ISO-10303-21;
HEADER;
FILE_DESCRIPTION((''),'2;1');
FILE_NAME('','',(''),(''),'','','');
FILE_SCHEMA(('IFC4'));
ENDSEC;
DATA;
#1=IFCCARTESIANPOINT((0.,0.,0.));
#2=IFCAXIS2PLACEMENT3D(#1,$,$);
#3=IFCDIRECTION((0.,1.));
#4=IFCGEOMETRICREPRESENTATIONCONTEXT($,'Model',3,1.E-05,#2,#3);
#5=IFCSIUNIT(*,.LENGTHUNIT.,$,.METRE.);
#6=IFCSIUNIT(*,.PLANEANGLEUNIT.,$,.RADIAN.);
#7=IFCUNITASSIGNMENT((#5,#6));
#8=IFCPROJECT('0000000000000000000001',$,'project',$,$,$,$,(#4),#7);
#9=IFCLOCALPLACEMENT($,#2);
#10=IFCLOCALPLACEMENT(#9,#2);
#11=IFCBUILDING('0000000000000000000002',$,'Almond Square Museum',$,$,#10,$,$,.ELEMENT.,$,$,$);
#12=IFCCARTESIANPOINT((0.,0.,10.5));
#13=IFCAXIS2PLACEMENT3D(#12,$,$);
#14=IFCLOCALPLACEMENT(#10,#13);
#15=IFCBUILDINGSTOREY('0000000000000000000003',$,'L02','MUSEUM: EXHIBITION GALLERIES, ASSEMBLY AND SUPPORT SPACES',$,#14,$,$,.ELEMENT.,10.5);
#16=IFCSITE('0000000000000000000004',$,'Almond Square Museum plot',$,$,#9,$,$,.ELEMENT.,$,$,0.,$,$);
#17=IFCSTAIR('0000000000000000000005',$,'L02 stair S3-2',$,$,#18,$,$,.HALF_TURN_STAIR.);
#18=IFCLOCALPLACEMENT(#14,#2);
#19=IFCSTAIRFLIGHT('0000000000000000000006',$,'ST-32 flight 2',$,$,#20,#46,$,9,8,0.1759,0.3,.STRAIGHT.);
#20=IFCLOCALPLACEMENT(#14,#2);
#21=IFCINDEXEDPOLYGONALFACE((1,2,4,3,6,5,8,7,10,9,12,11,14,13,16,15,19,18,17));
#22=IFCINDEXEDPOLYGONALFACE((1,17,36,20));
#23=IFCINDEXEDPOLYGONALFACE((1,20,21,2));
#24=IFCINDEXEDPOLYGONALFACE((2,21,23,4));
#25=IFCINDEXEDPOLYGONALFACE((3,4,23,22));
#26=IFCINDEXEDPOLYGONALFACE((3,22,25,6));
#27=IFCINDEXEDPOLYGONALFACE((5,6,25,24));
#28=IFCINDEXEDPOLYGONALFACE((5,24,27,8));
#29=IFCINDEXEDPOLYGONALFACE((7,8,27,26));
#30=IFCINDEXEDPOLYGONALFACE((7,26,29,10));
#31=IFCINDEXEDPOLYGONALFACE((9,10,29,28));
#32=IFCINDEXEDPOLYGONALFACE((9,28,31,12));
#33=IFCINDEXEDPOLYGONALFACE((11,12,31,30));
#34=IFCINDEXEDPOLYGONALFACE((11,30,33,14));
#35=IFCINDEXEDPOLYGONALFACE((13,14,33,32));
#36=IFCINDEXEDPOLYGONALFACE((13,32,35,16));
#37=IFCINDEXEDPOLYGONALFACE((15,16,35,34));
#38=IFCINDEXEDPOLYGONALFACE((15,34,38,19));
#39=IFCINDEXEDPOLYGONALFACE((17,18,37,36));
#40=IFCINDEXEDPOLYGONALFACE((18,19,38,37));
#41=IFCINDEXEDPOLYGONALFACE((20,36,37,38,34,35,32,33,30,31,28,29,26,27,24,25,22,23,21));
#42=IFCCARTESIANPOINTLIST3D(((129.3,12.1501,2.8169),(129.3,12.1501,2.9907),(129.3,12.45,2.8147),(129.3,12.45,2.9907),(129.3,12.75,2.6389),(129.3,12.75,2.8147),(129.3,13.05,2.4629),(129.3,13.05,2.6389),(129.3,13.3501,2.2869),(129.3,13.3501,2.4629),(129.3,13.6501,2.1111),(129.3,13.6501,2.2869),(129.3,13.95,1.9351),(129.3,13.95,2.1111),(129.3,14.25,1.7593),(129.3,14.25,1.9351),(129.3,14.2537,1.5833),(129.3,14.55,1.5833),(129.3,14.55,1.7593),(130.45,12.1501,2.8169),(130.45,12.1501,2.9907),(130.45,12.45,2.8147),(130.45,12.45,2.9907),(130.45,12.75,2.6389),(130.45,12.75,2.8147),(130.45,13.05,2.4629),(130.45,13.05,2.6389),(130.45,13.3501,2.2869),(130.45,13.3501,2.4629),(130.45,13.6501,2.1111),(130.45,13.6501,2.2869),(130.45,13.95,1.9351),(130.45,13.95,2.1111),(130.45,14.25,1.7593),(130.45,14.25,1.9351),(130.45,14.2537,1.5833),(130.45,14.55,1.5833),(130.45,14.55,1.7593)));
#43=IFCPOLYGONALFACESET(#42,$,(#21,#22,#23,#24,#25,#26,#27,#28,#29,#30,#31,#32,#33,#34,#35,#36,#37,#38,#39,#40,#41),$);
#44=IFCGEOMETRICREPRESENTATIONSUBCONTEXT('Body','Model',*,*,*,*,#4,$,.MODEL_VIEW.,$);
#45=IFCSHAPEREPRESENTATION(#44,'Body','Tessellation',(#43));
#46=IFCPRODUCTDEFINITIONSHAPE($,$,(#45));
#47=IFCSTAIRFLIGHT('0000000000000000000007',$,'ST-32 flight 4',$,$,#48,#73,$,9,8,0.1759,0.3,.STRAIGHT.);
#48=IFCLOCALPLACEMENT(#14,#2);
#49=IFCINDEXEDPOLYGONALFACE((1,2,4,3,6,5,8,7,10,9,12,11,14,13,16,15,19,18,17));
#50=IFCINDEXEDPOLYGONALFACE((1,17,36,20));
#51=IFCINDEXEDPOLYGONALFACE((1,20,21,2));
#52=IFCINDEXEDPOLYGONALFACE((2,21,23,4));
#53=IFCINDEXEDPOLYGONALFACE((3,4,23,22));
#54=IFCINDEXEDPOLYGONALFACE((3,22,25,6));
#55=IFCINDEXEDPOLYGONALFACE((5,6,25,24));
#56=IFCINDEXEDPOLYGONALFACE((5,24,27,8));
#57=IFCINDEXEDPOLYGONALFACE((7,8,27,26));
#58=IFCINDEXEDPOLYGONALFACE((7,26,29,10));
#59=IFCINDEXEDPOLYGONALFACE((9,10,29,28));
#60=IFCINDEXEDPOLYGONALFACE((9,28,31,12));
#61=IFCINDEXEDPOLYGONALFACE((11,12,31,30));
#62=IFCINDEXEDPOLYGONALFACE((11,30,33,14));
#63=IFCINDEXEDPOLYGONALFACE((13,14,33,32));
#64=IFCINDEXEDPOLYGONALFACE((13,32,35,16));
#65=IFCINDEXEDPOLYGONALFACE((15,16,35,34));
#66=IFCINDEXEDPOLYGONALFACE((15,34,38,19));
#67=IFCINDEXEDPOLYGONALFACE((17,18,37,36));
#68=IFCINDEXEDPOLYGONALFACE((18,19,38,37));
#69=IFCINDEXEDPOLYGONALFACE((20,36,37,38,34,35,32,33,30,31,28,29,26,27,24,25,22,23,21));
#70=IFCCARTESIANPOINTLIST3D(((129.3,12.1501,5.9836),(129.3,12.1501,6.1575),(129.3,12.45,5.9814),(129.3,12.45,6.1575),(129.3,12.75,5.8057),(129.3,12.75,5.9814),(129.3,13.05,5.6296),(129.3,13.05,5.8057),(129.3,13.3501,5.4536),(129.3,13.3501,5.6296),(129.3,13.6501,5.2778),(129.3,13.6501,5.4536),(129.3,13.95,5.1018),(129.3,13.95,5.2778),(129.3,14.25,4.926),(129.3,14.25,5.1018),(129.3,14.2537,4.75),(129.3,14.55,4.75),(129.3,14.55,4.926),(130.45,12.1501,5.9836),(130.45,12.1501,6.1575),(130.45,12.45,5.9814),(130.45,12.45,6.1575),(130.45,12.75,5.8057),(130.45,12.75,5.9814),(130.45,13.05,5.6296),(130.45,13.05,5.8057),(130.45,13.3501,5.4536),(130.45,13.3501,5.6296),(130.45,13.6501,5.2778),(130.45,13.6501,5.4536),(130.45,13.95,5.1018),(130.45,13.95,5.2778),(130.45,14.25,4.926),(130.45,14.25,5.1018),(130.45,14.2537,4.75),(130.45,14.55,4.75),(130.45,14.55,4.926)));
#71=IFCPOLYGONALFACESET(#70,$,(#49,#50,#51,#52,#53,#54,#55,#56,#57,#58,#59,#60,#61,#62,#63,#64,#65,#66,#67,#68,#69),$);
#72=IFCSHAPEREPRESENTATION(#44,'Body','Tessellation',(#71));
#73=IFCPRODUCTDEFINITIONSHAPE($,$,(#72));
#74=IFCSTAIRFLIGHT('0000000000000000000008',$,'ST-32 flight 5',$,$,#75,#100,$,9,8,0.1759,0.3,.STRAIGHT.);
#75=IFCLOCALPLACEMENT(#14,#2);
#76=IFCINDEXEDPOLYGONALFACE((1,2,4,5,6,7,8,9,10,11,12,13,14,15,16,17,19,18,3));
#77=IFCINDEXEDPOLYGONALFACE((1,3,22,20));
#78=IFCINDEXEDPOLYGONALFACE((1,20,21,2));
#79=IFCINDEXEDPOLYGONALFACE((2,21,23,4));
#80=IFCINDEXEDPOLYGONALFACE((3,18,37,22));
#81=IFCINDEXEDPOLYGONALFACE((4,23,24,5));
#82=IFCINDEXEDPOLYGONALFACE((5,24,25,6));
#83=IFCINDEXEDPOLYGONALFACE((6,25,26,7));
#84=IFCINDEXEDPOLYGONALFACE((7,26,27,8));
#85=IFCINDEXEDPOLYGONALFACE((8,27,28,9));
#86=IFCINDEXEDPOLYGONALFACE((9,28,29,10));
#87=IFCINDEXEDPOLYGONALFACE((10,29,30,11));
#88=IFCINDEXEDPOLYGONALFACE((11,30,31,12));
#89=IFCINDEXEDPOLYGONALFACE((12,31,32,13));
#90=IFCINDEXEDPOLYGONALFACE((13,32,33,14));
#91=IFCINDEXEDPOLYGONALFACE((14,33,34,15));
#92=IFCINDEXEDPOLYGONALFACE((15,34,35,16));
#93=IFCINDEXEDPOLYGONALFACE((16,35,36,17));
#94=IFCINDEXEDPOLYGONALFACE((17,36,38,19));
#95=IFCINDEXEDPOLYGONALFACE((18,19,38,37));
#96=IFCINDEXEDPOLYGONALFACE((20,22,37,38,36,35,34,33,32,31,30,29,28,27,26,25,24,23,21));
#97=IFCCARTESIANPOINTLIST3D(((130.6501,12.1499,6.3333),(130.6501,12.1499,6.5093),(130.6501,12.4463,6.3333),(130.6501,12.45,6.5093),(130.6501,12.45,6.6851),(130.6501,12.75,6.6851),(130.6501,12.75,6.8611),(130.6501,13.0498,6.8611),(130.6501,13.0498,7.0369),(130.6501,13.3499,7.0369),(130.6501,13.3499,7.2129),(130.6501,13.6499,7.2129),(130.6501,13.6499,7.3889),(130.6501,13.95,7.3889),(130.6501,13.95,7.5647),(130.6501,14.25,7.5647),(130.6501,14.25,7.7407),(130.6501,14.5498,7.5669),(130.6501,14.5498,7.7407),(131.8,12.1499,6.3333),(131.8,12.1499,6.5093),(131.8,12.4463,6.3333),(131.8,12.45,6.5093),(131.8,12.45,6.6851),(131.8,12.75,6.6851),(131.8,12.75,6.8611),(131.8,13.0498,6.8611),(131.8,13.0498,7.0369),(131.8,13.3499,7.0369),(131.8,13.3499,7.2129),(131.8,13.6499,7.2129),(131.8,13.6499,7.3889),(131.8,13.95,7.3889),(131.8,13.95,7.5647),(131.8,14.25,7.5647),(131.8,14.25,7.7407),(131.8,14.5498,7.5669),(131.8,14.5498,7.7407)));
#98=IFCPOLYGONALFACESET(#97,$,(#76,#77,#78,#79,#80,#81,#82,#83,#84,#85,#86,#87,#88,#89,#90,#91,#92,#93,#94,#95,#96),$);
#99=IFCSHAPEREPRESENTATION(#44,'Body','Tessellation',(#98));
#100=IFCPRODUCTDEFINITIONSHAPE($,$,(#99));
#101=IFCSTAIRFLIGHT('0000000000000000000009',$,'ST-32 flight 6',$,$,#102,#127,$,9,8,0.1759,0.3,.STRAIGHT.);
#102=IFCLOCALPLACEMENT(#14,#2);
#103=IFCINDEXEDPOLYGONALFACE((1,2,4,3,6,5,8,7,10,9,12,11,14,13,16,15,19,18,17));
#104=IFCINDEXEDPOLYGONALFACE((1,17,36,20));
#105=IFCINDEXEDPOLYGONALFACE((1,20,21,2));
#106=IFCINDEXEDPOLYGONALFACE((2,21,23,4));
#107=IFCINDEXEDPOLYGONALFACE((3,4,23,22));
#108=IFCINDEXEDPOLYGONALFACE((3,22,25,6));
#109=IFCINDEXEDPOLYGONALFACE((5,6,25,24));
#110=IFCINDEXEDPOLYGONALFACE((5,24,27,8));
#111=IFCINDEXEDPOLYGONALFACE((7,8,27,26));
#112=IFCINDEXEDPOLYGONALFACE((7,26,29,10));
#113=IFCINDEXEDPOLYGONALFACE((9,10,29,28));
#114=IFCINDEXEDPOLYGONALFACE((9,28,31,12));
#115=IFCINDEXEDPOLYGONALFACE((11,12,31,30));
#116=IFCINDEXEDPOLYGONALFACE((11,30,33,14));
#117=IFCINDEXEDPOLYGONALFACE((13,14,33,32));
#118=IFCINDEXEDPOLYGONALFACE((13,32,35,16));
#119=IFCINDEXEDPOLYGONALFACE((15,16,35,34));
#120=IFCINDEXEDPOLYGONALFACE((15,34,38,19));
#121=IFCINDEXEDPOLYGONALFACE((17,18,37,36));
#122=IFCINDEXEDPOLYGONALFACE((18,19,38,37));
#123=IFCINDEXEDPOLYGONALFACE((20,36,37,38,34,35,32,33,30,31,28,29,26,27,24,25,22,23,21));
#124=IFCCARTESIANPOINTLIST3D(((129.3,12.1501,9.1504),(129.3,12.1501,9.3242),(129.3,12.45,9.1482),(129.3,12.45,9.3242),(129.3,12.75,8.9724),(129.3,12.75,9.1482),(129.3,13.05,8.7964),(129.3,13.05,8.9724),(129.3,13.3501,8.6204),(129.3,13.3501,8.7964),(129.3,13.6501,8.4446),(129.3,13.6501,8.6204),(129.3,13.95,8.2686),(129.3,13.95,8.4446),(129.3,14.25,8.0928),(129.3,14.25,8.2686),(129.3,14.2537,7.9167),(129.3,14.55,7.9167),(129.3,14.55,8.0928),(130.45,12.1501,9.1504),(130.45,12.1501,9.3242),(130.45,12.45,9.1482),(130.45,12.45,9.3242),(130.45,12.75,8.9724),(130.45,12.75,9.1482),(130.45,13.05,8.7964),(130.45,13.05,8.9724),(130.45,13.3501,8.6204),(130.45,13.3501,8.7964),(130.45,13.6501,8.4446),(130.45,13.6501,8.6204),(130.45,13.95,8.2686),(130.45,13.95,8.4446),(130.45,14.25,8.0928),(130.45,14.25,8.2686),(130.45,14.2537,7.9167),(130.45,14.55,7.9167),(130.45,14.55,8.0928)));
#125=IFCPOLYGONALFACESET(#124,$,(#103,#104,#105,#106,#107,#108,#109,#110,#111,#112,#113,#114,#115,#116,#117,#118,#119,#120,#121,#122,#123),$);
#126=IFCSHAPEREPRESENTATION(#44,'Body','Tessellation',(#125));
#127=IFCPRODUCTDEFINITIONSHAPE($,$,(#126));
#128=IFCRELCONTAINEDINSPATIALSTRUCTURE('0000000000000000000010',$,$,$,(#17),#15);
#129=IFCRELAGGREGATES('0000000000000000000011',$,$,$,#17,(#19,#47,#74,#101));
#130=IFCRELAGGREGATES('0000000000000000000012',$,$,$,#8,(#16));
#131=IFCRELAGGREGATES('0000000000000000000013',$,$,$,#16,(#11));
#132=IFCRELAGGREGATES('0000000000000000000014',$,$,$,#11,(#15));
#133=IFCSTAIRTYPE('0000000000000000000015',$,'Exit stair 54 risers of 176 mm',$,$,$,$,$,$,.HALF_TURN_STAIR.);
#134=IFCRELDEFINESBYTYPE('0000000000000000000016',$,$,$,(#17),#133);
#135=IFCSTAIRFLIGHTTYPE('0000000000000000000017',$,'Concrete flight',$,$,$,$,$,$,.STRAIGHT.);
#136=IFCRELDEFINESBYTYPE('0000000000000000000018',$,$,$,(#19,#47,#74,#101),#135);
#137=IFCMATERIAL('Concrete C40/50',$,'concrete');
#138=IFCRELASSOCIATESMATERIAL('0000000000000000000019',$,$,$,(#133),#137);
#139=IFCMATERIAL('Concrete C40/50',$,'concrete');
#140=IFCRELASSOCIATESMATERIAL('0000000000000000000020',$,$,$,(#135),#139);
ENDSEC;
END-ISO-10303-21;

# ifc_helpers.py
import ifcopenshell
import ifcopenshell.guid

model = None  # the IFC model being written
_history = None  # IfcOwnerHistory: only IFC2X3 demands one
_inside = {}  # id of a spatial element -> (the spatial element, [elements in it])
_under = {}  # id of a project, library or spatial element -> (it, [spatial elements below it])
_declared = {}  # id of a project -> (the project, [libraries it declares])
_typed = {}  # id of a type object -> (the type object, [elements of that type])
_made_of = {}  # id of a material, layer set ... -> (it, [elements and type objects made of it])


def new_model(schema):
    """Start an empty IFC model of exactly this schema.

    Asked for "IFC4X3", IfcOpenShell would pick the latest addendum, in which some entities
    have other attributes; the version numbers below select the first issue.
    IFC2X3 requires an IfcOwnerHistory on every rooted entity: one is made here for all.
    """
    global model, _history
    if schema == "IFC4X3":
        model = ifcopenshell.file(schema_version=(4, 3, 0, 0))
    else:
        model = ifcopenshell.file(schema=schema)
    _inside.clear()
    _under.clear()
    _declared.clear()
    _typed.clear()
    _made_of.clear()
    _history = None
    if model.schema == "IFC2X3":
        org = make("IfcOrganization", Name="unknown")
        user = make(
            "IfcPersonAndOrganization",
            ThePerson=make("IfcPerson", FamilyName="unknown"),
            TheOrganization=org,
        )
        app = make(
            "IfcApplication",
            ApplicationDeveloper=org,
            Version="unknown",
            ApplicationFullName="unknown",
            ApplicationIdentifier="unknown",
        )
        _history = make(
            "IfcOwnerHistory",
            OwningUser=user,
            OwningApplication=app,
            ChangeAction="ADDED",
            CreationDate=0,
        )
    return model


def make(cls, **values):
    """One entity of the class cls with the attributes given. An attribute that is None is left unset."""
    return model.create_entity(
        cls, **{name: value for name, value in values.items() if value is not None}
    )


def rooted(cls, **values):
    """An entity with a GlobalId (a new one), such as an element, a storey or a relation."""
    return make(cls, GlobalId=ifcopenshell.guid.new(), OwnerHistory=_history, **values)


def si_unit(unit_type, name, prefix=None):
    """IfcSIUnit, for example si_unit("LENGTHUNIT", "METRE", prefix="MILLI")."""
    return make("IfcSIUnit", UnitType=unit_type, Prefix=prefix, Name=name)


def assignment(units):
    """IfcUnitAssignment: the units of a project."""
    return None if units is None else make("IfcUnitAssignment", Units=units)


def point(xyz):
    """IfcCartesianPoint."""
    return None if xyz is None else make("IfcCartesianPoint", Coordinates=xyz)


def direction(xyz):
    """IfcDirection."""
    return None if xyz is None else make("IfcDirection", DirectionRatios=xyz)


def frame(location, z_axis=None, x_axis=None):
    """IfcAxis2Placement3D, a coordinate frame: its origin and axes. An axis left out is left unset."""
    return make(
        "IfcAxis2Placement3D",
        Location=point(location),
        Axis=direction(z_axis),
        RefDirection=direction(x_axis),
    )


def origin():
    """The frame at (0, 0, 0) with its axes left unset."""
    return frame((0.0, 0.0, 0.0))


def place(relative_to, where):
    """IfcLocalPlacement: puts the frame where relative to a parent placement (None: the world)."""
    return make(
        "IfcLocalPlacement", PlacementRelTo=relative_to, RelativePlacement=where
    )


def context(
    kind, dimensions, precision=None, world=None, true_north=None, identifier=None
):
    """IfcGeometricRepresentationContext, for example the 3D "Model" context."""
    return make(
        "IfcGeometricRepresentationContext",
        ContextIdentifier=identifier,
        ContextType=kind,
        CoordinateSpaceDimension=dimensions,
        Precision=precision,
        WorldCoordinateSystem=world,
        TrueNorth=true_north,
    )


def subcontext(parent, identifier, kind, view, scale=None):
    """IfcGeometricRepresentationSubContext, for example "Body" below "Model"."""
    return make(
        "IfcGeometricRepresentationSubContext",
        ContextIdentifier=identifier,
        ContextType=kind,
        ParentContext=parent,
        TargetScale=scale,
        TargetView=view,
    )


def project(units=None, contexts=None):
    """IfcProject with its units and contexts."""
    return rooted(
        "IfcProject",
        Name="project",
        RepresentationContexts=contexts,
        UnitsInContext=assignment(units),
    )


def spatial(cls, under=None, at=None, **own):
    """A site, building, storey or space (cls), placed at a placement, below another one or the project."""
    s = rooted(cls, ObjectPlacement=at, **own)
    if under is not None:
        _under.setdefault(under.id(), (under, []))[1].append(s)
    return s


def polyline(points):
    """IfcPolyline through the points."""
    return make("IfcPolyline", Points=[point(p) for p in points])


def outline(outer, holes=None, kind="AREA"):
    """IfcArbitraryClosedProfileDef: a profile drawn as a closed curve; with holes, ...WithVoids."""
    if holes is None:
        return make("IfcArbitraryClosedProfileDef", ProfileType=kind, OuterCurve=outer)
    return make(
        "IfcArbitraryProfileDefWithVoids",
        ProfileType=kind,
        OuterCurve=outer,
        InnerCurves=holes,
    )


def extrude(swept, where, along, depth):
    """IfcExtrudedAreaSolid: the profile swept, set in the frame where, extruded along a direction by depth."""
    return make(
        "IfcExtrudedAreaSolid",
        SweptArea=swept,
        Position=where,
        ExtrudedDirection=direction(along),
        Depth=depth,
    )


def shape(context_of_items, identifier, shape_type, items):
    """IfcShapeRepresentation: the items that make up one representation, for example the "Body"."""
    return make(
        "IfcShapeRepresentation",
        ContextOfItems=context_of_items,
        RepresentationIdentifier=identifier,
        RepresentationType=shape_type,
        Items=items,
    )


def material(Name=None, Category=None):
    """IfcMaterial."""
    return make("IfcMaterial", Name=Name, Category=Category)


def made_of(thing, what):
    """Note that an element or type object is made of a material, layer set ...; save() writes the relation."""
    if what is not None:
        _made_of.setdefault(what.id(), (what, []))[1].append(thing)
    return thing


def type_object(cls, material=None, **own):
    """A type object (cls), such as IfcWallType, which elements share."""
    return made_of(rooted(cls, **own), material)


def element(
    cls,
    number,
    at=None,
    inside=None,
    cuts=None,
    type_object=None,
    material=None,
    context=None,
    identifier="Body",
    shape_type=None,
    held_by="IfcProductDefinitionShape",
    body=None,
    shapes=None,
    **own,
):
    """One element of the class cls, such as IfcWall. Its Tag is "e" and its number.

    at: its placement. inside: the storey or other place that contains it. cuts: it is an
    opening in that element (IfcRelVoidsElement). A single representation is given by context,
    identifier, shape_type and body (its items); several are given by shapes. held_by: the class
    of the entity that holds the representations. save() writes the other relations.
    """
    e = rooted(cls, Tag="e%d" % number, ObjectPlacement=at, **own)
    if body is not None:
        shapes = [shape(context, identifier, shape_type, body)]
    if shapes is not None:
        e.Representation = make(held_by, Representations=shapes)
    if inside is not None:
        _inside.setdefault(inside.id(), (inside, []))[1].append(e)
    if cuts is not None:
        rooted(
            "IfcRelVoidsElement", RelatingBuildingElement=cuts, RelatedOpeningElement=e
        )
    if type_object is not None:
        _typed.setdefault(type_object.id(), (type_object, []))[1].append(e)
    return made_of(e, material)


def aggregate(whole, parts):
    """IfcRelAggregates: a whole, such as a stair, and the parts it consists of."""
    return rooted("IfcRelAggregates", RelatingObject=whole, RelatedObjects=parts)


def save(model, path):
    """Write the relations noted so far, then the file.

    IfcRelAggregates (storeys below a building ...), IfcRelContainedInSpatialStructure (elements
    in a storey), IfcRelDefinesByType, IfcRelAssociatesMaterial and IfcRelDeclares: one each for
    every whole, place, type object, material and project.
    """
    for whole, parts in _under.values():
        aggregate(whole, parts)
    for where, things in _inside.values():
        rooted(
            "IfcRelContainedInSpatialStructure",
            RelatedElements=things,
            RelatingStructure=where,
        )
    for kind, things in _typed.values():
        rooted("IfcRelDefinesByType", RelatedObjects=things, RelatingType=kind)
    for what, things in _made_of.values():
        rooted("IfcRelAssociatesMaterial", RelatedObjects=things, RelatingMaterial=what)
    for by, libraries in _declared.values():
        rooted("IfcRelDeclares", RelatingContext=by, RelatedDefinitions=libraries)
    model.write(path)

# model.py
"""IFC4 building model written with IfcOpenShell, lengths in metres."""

from ifc_helpers import new_model, si_unit, direction, frame, origin, place, context, subcontext, project, spatial, polyline, outline, extrude, material, type_object, element, aggregate, save


model = new_model("IFC4")

# Units and contexts
model_context = context("Model", 3, precision=1e-05, world=origin(), true_north=direction((0.0, 1.0)))
body_context = subcontext(model_context, "Body", "Model", "MODEL_VIEW")
ifc_project = project(units=[si_unit("LENGTHUNIT", "METRE"), si_unit("PLANEANGLEUNIT", "RADIAN")], contexts=[model_context])

# Site, building, storey
site_placement = place(None, origin())
site = spatial("IfcSite", under=ifc_project, at=site_placement, Name="Almond Square Museum plot", CompositionType="ELEMENT", RefElevation=0.0)
building_placement = place(site_placement, origin())
building = spatial("IfcBuilding", under=site, at=building_placement, Name="Almond Square Museum", CompositionType="ELEMENT")
storey_placement = place(building_placement, frame((0.0, 0.0, 10.5)))
storey = spatial("IfcBuildingStorey", under=building, at=storey_placement, Name="L02", Description="MUSEUM: EXHIBITION GALLERIES, ASSEMBLY AND SUPPORT SPACES", CompositionType="ELEMENT", Elevation=10.5)

# Stair, stair flights
ifc_material_1 = material(Name="Concrete C40/50", Category="concrete")
stair_type = type_object("IfcStairType", Name="Exit stair 54 risers of 176 mm", PredefinedType="HALF_TURN_STAIR", material=ifc_material_1)
ifc_material_2 = material(Name="Concrete C40/50", Category="concrete")
stair_flight_type = type_object("IfcStairFlightType", Name="Concrete flight", PredefinedType="STRAIGHT", material=ifc_material_2)
stair_1_placement = place(storey_placement, origin())
stair_1 = element("IfcStair", 1, at=stair_1_placement, inside=storey, type_object=stair_type, Name="L02 stair S3-2", PredefinedType="HALF_TURN_STAIR")
stair_flight_1_placement = place(storey_placement, frame((129.875, 14.55, 1.5833), z_axis=(0.0, 0.0, 1.0), x_axis=(0.0, -1.0, 0.0)))
stair_flight_1 = element("IfcStairFlight", 2, at=stair_flight_1_placement, type_object=stair_flight_type, Name="ST-32 flight 2", NumberOfRisers=9, NumberOfTreads=8, PredefinedType="STRAIGHT", RiserHeight=0.1759, TreadLength=0.3, context=body_context, shape_type="SweptSolid", body=[
    extrude(outline(polyline([(0.0, 0.0), (0.0, 0.176), (0.3, 0.176), (0.3, 0.3518), (0.6001, 0.3518), (0.6001, 0.5278), (0.8999, 0.5278), (0.8999, 0.7036), (1.2, 0.7036), (1.2, 0.8796), (1.5, 0.8796), (1.5, 1.0557), (1.8, 1.0557), (1.8, 1.2314), (2.1001, 1.2314), (2.1001, 1.4075), (2.3999, 1.4075), (2.3999, 1.5833), (2.3999, 1.2336), (0.2964, 0.0), (0.0, 0.0)])), frame((0.0, 0.575, 0.0), z_axis=(0.0, -1.0, 0.0), x_axis=(1.0, 0.0, 0.0)), (0.0, 0.0, 1.0), 1.1499),
])
stair_flight_2_placement = place(storey_placement, frame((129.875, 14.55, 4.75), z_axis=(0.0, 0.0, 1.0), x_axis=(0.0, -1.0, 0.0)))
stair_flight_2 = element("IfcStairFlight", 3, at=stair_flight_2_placement, type_object=stair_flight_type, Name="ST-32 flight 4", NumberOfRisers=9, NumberOfTreads=8, PredefinedType="STRAIGHT", RiserHeight=0.1759, TreadLength=0.3, context=body_context, shape_type="SweptSolid", body=[
    extrude(outline(polyline([(0.0, 0.0), (0.0, 0.176), (0.3, 0.176), (0.3, 0.3518), (0.6001, 0.3518), (0.6001, 0.5278), (0.8999, 0.5278), (0.8999, 0.7036), (1.2, 0.7036), (1.2, 0.8796), (1.5, 0.8796), (1.5, 1.0557), (1.8, 1.0557), (1.8, 1.2314), (2.1001, 1.2314), (2.1001, 1.4075), (2.3999, 1.4075), (2.3999, 1.5833), (2.3999, 1.2336), (0.2964, 0.0), (0.0, 0.0)])), frame((0.0, 0.575, 0.0), z_axis=(0.0, -1.0, 0.0), x_axis=(1.0, 0.0, 0.0)), (0.0, 0.0, 1.0), 1.1499),
])
stair_flight_3_placement = place(storey_placement, frame((131.2251, 12.1499, 6.3333), z_axis=(0.0, 0.0, 1.0), x_axis=(0.0, 1.0, 0.0)))
stair_flight_3 = element("IfcStairFlight", 4, at=stair_flight_3_placement, type_object=stair_flight_type, Name="ST-32 flight 5", NumberOfRisers=9, NumberOfTreads=8, PredefinedType="STRAIGHT", RiserHeight=0.1759, TreadLength=0.3, context=body_context, shape_type="SweptSolid", body=[
    extrude(outline(polyline([(0.0, 0.0), (0.0, 0.176), (0.3, 0.176), (0.3, 0.3518), (0.6001, 0.3518), (0.6001, 0.5278), (0.8999, 0.5278), (0.8999, 0.7036), (1.2, 0.7036), (1.2, 0.8796), (1.5, 0.8796), (1.5, 1.0557), (1.8, 1.0557), (1.8, 1.2314), (2.1001, 1.2314), (2.1001, 1.4075), (2.3999, 1.4075), (2.3999, 1.5833), (2.3999, 1.2336), (0.2964, 0.0), (0.0, 0.0)])), frame((0.0, 0.575, 0.0), z_axis=(0.0, -1.0, 0.0), x_axis=(1.0, 0.0, 0.0)), (0.0, 0.0, 1.0), 1.1499),
])
stair_flight_4_placement = place(storey_placement, frame((129.875, 14.55, 7.9167), z_axis=(0.0, 0.0, 1.0), x_axis=(0.0, -1.0, 0.0)))
stair_flight_4 = element("IfcStairFlight", 5, at=stair_flight_4_placement, type_object=stair_flight_type, Name="ST-32 flight 6", NumberOfRisers=9, NumberOfTreads=8, PredefinedType="STRAIGHT", RiserHeight=0.1759, TreadLength=0.3, context=body_context, shape_type="SweptSolid", body=[
    extrude(outline(polyline([(0.0, 0.0), (0.0, 0.176), (0.3, 0.176), (0.3, 0.3518), (0.6001, 0.3518), (0.6001, 0.5278), (0.8999, 0.5278), (0.8999, 0.7036), (1.2, 0.7036), (1.2, 0.8796), (1.5, 0.8796), (1.5, 1.0557), (1.8, 1.0557), (1.8, 1.2314), (2.1001, 1.2314), (2.1001, 1.4075), (2.3999, 1.4075), (2.3999, 1.5833), (2.3999, 1.2336), (0.2964, 0.0), (0.0, 0.0)])), frame((0.0, 0.575, 0.0), z_axis=(0.0, -1.0, 0.0), x_axis=(1.0, 0.0, 0.0)), (0.0, 0.0, 1.0), 1.1499),
])
aggregate(stair_1, [stair_flight_1, stair_flight_2, stair_flight_3, stair_flight_4])

save(model, "model.ifc")
